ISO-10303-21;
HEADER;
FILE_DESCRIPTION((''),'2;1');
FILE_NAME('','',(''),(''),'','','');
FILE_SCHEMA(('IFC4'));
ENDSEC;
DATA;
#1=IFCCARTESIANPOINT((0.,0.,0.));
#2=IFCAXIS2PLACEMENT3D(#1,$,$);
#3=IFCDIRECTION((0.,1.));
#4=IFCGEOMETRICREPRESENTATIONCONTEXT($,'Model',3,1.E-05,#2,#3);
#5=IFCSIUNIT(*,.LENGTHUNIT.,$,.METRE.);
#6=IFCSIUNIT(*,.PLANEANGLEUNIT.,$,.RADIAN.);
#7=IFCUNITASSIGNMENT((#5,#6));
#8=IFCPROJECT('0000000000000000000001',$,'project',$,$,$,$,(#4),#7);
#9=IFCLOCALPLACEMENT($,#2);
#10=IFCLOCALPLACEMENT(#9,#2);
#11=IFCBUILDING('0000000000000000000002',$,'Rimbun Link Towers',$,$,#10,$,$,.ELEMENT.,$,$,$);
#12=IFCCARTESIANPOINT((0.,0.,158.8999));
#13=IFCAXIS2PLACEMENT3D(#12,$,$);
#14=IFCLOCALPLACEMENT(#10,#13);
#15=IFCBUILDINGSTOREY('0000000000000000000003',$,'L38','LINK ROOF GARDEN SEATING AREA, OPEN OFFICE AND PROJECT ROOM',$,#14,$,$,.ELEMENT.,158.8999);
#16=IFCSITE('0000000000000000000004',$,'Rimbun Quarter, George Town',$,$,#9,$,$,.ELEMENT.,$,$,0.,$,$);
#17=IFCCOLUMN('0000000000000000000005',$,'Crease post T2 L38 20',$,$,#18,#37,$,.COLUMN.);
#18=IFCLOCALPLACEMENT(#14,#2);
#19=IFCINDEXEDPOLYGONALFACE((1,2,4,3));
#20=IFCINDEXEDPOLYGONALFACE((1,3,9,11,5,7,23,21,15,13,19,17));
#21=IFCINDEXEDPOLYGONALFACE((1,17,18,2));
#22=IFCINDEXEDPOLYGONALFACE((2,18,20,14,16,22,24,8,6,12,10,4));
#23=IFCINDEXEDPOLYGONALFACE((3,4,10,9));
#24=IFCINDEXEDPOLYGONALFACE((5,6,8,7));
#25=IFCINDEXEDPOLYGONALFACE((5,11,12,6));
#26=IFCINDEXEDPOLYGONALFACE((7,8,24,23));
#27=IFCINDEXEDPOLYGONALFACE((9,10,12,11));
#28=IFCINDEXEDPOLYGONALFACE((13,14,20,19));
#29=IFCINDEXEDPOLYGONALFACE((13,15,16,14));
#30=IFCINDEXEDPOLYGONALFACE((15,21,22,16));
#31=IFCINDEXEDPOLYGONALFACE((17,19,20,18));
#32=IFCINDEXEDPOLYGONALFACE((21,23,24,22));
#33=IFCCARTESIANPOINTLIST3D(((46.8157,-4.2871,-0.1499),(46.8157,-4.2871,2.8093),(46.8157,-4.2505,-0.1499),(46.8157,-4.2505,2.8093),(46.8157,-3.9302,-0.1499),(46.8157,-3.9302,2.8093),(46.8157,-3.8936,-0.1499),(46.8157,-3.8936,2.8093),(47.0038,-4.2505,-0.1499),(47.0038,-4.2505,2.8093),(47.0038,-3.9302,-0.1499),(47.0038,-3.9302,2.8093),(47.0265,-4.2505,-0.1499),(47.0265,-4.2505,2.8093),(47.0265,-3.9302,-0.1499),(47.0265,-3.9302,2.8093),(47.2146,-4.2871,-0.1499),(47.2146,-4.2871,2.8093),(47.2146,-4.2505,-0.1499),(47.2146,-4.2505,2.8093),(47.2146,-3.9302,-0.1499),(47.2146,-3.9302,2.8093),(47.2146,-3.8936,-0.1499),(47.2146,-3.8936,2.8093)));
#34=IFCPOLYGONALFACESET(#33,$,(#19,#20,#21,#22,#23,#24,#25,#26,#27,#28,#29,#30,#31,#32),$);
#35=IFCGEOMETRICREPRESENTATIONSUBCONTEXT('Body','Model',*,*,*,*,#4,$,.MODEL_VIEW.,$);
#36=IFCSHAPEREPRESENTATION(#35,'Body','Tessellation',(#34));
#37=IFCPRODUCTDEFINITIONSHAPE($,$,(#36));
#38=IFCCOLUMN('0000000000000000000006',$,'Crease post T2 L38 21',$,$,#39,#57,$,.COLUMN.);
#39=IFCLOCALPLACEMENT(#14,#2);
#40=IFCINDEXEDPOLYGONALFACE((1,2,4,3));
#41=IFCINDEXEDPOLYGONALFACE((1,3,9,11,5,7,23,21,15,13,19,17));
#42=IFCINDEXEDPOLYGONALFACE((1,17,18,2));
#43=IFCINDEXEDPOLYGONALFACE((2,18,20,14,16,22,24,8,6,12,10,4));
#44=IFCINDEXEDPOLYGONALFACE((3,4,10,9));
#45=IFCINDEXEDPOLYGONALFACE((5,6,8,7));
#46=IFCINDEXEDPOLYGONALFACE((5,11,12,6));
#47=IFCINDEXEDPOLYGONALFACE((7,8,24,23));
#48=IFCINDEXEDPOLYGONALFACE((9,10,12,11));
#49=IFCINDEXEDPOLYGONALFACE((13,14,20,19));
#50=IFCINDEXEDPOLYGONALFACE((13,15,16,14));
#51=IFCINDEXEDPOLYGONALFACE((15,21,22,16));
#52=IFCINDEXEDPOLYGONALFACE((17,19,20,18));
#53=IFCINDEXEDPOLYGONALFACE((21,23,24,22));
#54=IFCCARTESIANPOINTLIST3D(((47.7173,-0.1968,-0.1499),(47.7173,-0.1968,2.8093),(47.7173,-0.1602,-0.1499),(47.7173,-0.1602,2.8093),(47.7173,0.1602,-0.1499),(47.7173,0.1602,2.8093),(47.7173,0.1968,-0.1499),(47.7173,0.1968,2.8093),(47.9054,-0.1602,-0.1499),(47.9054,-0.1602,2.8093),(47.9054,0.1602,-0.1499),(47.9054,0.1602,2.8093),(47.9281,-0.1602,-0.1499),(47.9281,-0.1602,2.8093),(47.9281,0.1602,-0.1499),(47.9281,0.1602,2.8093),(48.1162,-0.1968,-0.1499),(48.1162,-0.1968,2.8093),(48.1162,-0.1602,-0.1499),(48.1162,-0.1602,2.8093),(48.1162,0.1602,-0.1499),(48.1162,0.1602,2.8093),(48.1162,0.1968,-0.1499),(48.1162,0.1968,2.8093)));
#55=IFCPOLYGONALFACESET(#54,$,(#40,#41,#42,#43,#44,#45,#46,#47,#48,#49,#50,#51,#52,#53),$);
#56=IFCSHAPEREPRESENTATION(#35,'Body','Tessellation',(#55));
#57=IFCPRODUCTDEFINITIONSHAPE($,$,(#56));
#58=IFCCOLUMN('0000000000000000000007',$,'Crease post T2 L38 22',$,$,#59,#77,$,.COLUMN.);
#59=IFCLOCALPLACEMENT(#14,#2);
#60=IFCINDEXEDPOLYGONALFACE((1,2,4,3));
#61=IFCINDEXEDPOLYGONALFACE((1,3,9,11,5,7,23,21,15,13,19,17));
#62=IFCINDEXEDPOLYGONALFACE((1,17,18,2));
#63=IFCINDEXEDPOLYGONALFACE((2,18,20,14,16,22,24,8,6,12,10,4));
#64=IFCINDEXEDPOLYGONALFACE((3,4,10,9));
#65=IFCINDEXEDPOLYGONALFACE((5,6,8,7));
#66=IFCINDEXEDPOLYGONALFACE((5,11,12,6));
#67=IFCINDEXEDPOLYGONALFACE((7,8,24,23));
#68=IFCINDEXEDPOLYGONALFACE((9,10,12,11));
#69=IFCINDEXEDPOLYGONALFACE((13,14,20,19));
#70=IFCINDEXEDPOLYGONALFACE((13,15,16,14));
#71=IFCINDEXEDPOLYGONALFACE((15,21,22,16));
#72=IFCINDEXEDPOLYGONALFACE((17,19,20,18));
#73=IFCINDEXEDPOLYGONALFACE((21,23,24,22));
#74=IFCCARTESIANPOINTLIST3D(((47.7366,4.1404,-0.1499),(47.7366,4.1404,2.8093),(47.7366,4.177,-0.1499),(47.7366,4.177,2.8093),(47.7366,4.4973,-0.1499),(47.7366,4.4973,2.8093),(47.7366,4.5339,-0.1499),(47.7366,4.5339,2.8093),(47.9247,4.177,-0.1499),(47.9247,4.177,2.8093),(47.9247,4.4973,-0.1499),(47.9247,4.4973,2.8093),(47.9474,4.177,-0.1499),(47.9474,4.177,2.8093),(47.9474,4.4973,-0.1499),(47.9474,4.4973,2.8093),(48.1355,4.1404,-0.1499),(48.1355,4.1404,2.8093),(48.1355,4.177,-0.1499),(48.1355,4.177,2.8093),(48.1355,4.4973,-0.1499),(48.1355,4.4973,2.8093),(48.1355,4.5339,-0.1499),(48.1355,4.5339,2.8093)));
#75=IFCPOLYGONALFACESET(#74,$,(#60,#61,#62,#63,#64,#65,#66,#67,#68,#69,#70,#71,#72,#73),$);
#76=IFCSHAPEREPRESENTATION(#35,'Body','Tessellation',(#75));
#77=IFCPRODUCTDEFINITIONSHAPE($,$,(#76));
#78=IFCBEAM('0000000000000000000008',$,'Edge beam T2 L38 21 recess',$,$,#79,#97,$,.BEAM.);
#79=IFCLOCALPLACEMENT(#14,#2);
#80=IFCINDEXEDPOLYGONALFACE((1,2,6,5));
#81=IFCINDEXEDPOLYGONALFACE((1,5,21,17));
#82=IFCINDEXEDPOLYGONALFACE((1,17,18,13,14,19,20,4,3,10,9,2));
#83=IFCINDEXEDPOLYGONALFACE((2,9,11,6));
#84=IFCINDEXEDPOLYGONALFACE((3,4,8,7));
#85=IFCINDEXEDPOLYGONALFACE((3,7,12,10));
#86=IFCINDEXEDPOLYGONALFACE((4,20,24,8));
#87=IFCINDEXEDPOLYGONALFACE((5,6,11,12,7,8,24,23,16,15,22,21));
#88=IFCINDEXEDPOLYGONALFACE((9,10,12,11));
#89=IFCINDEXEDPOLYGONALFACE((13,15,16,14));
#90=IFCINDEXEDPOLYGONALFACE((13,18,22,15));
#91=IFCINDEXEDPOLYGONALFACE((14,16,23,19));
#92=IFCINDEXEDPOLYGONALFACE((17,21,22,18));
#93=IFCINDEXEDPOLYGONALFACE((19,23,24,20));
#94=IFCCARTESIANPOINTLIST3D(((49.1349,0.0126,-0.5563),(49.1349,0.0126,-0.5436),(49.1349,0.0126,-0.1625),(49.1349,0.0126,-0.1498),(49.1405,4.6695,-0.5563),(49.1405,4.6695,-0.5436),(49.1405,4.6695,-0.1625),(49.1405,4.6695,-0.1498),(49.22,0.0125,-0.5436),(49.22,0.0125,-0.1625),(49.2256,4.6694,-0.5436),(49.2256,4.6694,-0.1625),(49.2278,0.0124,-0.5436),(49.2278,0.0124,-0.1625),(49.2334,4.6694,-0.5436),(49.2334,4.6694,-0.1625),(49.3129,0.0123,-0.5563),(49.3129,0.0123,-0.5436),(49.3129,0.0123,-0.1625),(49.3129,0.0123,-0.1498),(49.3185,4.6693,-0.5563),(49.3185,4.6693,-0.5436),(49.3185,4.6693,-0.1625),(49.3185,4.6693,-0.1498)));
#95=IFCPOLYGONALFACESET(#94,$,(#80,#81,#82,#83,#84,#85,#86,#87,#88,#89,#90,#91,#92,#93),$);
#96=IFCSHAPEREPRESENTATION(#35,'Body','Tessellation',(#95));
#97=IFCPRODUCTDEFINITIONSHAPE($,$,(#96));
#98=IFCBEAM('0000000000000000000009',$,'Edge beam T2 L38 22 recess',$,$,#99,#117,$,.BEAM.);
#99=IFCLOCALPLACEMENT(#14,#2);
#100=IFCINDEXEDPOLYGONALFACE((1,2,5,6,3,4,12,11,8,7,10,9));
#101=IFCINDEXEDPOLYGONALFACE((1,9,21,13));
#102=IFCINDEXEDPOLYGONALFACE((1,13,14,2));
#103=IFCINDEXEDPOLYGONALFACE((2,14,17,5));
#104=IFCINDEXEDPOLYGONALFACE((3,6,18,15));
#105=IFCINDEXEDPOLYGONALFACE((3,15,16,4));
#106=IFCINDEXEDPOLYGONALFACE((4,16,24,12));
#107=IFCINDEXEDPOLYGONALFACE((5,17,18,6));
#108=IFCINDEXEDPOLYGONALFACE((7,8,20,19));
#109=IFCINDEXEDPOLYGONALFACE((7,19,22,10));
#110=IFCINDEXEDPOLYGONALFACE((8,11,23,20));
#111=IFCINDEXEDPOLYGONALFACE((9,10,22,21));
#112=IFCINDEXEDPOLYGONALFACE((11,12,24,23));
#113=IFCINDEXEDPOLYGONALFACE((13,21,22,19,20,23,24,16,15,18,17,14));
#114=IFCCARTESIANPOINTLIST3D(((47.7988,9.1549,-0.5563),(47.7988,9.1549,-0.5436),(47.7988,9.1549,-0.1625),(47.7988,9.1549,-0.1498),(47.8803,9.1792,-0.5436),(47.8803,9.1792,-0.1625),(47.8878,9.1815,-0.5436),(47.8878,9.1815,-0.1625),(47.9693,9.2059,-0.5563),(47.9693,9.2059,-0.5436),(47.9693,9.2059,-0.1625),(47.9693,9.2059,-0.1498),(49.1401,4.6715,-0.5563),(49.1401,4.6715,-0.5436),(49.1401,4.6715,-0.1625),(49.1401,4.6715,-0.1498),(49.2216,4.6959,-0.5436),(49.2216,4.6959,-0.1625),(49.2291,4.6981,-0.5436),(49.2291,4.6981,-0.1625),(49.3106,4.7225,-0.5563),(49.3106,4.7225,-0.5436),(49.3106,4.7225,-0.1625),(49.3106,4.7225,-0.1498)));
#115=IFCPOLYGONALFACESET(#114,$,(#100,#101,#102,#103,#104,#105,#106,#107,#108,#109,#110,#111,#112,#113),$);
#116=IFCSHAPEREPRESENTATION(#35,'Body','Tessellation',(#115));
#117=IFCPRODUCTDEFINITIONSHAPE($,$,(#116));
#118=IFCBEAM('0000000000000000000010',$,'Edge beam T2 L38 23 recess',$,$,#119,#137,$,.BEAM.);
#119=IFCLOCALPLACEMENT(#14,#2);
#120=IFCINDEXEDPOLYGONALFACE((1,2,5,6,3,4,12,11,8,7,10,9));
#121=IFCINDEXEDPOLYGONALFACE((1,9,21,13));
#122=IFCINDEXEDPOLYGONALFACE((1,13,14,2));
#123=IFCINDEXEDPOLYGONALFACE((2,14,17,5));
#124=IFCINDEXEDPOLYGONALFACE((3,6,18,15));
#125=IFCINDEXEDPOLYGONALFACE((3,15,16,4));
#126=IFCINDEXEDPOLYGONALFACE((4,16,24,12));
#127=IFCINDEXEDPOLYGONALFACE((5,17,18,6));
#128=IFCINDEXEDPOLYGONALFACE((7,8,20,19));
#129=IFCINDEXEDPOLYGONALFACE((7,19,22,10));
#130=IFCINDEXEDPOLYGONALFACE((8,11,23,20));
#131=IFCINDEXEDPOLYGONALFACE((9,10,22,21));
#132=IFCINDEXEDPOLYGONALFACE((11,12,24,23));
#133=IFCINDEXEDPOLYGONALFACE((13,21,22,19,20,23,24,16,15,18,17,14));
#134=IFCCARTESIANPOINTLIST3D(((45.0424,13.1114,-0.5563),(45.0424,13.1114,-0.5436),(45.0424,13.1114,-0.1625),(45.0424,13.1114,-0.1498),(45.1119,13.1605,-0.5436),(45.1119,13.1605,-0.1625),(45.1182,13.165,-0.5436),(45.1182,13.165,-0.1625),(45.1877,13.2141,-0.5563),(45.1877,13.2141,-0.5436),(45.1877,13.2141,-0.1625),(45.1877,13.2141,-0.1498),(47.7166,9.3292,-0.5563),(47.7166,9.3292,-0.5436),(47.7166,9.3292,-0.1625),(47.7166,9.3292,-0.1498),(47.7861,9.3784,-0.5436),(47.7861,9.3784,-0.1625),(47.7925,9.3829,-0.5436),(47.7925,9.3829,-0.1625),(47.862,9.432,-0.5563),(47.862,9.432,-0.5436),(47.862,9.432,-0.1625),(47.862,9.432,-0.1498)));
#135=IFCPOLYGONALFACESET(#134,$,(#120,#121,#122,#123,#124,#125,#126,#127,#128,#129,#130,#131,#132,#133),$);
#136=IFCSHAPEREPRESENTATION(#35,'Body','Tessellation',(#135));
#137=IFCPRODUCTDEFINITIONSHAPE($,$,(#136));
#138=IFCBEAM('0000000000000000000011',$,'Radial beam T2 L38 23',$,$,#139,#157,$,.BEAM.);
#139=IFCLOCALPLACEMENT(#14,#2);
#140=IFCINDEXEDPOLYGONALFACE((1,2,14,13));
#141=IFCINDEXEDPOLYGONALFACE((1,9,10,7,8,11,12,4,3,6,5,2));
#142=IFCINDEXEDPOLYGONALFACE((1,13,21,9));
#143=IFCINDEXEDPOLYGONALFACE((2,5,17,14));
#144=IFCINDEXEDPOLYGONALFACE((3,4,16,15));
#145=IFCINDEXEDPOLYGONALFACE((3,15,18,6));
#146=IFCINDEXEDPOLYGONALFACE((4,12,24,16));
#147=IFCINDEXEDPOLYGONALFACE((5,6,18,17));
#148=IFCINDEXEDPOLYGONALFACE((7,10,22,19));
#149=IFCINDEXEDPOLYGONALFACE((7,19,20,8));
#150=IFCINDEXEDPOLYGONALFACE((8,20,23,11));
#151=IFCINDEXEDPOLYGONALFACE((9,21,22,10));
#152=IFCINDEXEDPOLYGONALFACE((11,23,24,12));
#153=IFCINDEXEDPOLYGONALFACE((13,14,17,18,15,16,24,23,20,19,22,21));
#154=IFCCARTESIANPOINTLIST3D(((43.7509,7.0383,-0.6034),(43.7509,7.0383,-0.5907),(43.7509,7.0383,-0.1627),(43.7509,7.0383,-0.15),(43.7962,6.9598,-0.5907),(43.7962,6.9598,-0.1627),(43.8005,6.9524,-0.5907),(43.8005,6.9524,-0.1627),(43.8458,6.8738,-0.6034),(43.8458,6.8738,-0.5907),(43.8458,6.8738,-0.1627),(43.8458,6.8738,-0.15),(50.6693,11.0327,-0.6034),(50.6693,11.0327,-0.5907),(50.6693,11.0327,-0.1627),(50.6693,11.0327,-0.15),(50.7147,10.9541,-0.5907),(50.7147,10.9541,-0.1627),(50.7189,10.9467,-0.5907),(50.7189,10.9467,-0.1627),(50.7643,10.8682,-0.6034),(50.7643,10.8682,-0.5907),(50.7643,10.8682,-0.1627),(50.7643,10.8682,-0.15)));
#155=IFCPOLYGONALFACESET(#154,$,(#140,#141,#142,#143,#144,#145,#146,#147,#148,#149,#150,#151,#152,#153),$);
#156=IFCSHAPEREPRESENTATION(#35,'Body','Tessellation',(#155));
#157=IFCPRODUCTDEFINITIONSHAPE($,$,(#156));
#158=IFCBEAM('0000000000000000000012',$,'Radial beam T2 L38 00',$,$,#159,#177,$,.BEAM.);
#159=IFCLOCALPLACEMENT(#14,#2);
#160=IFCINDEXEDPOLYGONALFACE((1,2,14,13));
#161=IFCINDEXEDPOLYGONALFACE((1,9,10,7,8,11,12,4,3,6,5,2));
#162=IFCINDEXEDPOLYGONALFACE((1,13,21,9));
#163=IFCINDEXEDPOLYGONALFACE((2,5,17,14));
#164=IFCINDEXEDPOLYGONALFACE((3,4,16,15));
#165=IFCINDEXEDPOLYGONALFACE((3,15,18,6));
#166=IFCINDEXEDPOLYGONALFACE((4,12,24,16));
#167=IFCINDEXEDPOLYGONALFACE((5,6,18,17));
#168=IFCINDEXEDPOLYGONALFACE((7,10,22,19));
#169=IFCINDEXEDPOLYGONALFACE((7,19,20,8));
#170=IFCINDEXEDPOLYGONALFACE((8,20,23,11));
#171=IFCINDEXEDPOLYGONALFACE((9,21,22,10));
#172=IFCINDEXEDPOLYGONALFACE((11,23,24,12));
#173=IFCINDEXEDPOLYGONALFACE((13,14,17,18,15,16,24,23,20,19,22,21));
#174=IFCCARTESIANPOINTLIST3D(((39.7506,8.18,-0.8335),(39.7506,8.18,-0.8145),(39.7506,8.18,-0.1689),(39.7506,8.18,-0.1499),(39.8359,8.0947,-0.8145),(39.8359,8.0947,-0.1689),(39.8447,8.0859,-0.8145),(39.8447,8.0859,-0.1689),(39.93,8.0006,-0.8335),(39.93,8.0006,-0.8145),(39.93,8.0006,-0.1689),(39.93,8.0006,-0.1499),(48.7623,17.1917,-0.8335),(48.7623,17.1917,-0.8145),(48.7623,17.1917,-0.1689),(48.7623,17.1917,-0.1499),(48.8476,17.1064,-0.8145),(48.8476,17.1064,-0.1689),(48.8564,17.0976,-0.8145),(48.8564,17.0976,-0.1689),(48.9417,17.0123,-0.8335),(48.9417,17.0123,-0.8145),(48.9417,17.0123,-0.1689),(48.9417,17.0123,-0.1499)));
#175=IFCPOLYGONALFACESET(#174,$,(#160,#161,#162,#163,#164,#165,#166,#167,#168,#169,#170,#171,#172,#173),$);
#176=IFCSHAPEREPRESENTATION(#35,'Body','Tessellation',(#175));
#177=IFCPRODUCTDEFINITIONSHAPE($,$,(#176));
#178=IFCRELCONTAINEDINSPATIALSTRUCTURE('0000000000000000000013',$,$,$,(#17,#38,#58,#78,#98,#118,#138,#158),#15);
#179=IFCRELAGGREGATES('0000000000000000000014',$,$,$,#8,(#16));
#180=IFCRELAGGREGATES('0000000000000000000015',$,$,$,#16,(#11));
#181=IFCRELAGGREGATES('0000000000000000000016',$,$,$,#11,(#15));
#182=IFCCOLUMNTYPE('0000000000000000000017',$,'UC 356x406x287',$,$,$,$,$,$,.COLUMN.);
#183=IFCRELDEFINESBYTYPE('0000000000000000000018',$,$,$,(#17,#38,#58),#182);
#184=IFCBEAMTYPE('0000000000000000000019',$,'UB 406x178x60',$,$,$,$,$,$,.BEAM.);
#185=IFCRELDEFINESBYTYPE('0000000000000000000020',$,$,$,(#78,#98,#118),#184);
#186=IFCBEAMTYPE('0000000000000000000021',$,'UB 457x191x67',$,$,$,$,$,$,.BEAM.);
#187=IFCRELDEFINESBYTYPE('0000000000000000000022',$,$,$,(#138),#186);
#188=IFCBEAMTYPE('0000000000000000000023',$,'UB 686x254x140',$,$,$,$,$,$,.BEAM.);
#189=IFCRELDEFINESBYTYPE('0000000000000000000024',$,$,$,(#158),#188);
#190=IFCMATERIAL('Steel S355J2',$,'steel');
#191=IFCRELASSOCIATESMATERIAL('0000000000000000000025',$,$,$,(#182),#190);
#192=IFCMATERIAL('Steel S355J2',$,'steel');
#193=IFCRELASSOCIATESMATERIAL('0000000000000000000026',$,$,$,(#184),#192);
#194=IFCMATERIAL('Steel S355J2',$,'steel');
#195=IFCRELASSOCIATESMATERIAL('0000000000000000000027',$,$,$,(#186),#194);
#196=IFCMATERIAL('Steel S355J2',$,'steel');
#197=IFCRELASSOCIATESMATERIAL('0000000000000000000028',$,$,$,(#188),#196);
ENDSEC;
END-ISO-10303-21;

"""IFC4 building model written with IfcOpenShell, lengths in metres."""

from ifc_helpers import new_model, si_unit, direction, frame, origin, origin_2d, place, context, subcontext, project, spatial, i_section, extrude, material, material_profile, profile_set, type_object, element, save


model = new_model("IFC4")

# Units and contexts
model_context = context("Model", 3, precision=1e-05, world=origin(), true_north=direction((0.0, 1.0)))
body_context = subcontext(model_context, "Body", "Model", "MODEL_VIEW")
ifc_project = project(units=[si_unit("LENGTHUNIT", "METRE"), si_unit("PLANEANGLEUNIT", "RADIAN")], contexts=[model_context])

# Site, building, storey
site_placement = place(None, origin())
site = spatial("IfcSite", under=ifc_project, at=site_placement, Name="Rimbun Quarter, George Town", CompositionType="ELEMENT", RefElevation=0.0)
building_placement = place(site_placement, origin())
building = spatial("IfcBuilding", under=site, at=building_placement, Name="Rimbun Link Towers", CompositionType="ELEMENT")
storey_placement = place(building_placement, frame((0.0, 0.0, 158.8999)))
storey = spatial("IfcBuildingStorey", under=building, at=storey_placement, Name="L38", Description="LINK ROOF GARDEN SEATING AREA, OPEN OFFICE AND PROJECT ROOM", CompositionType="ELEMENT", Elevation=158.8999)

# Columns
ifc_material_1 = material(Name="Steel S355J2", Category="steel")
ifc_material_profile_1 = material_profile(ifc_material_1, i_section(OverallWidth=0.3989, OverallDepth=0.3936, WebThickness=0.0227, FlangeThickness=0.0366, at=origin_2d()), Name="UC 356x406x287")
ifc_profile_set_1 = profile_set([ifc_material_profile_1], Name="Steel S355J2")
column_type = type_object("IfcColumnType", Name="UC 356x406x287", PredefinedType="COLUMN", material=ifc_profile_set_1)
for number, where, z_axis, x_axis, name in (
    (1, (47.0151, -4.0903, -0.1499), (0.0, 0.0, 1.0), (1.0, 0.0, 0.0), "Crease post T2 L38 20"),
    (2, (47.9167, 0.0, -0.1499), (0.0, 0.0, 1.0), (1.0, 0.0, 0.0), "Crease post T2 L38 21"),
    (3, (47.936, 4.3372, -0.1499), (0.0, 0.0, 1.0), (1.0, 0.0, 0.0), "Crease post T2 L38 22"),
):
    element("IfcColumn", number, at=place(storey_placement, frame(where, z_axis=z_axis, x_axis=x_axis)), inside=storey, type_object=column_type, Name=name, PredefinedType="COLUMN", context=body_context, shape_type="SweptSolid", body=[
        extrude(i_section(OverallWidth=0.3989, OverallDepth=0.3936, WebThickness=0.0227, FlangeThickness=0.0366, at=origin_2d()), origin(), (0.0, 0.0, 1.0), 2.9592),
    ])

# Beams
ifc_material_2 = material(Name="Steel S355J2", Category="steel")
ifc_material_profile_2 = material_profile(ifc_material_2, i_section(OverallWidth=0.178, OverallDepth=0.4065, WebThickness=0.0078, FlangeThickness=0.0127, at=origin_2d()), Name="UB 406x178x60")
ifc_profile_set_2 = profile_set([ifc_material_profile_2], Name="Steel S355J2")
beam_type_1 = type_object("IfcBeamType", Name="UB 406x178x60", PredefinedType="BEAM", material=ifc_profile_set_2)
beam_1_placement = place(storey_placement, frame((49.2239, 0.0125, -0.353), z_axis=(0.001206, 0.999999, 0.0), x_axis=(-0.999999, 0.001206, 0.0)))
element("IfcBeam", 4, at=beam_1_placement, inside=storey, type_object=beam_type_1, Name="Edge beam T2 L38 21 recess", PredefinedType="BEAM", context=body_context, shape_type="SweptSolid", body=[
    extrude(i_section(OverallWidth=0.178, OverallDepth=0.4065, WebThickness=0.0078, FlangeThickness=0.0127, at=origin_2d()), origin(), (0.0, 0.0, 1.0), 4.657),
])
beam_2_placement = place(storey_placement, frame((49.2253, 4.697, -0.353), z_axis=(-0.28662, 0.958044, 0.0), x_axis=(-0.958044, -0.28662, 0.0)))
element("IfcBeam", 5, at=beam_2_placement, inside=storey, type_object=beam_type_1, Name="Edge beam T2 L38 22 recess", PredefinedType="BEAM", context=body_context, shape_type="SweptSolid", body=[
    extrude(i_section(OverallWidth=0.178, OverallDepth=0.4065, WebThickness=0.0078, FlangeThickness=0.0127, at=origin_2d()), origin(), (0.0, 0.0, 1.0), 4.6797),
])
beam_3_placement = place(storey_placement, frame((47.7893, 9.3806, -0.353), z_axis=(-0.577333, 0.816509, 0.0), x_axis=(-0.816509, -0.577333, 0.0)))
element("IfcBeam", 6, at=beam_3_placement, inside=storey, type_object=beam_type_1, Name="Edge beam T2 L38 23 recess", PredefinedType="BEAM", context=body_context, shape_type="SweptSolid", body=[
    extrude(i_section(OverallWidth=0.178, OverallDepth=0.4065, WebThickness=0.0078, FlangeThickness=0.0127, at=origin_2d()), origin(), (0.0, 0.0, 1.0), 4.6321),
])
ifc_material_3 = material(Name="Steel S355J2", Category="steel")
ifc_material_profile_3 = material_profile(ifc_material_3, i_section(OverallWidth=0.1899, OverallDepth=0.4534, WebThickness=0.0085, FlangeThickness=0.0127, at=origin_2d()), Name="UB 457x191x67")
ifc_profile_set_3 = profile_set([ifc_material_profile_3], Name="Steel S355J2")
beam_type_2 = type_object("IfcBeamType", Name="UB 457x191x67", PredefinedType="BEAM", material=ifc_profile_set_3)
beam_4_placement = place(storey_placement, frame((43.7983, 6.9561, -0.3767), z_axis=(0.866025, 0.500001, 0.0), x_axis=(-0.500001, 0.866025, 0.0)))
element("IfcBeam", 7, at=beam_4_placement, inside=storey, type_object=beam_type_2, Name="Radial beam T2 L38 23", PredefinedType="BEAM", context=body_context, shape_type="SweptSolid", body=[
    extrude(i_section(OverallWidth=0.1899, OverallDepth=0.4534, WebThickness=0.0085, FlangeThickness=0.0127, at=origin_2d()), origin(), (0.0, 0.0, 1.0), 7.9888),
])
ifc_material_4 = material(Name="Steel S355J2", Category="steel")
ifc_material_profile_4 = material_profile(ifc_material_4, i_section(OverallWidth=0.2537, OverallDepth=0.6836, WebThickness=0.0125, FlangeThickness=0.019, at=origin_2d()), Name="UB 686x254x140")
ifc_profile_set_4 = profile_set([ifc_material_profile_4], Name="Steel S355J2")
beam_type_3 = type_object("IfcBeamType", Name="UB 686x254x140", PredefinedType="BEAM", material=ifc_profile_set_4)
beam_5_placement = place(storey_placement, frame((39.8403, 8.0903, -0.4917), z_axis=(0.707107, 0.707107, 0.0), x_axis=(-0.707107, 0.707107, 0.0)))
element("IfcBeam", 8, at=beam_5_placement, inside=storey, type_object=beam_type_3, Name="Radial beam T2 L38 00", PredefinedType="BEAM", context=body_context, shape_type="SweptSolid", body=[
    extrude(i_section(OverallWidth=0.2537, OverallDepth=0.6836, WebThickness=0.0125, FlangeThickness=0.019, at=origin_2d()), origin(), (0.0, 0.0, 1.0), 12.7444),
])

save(model, "model.ifc")
